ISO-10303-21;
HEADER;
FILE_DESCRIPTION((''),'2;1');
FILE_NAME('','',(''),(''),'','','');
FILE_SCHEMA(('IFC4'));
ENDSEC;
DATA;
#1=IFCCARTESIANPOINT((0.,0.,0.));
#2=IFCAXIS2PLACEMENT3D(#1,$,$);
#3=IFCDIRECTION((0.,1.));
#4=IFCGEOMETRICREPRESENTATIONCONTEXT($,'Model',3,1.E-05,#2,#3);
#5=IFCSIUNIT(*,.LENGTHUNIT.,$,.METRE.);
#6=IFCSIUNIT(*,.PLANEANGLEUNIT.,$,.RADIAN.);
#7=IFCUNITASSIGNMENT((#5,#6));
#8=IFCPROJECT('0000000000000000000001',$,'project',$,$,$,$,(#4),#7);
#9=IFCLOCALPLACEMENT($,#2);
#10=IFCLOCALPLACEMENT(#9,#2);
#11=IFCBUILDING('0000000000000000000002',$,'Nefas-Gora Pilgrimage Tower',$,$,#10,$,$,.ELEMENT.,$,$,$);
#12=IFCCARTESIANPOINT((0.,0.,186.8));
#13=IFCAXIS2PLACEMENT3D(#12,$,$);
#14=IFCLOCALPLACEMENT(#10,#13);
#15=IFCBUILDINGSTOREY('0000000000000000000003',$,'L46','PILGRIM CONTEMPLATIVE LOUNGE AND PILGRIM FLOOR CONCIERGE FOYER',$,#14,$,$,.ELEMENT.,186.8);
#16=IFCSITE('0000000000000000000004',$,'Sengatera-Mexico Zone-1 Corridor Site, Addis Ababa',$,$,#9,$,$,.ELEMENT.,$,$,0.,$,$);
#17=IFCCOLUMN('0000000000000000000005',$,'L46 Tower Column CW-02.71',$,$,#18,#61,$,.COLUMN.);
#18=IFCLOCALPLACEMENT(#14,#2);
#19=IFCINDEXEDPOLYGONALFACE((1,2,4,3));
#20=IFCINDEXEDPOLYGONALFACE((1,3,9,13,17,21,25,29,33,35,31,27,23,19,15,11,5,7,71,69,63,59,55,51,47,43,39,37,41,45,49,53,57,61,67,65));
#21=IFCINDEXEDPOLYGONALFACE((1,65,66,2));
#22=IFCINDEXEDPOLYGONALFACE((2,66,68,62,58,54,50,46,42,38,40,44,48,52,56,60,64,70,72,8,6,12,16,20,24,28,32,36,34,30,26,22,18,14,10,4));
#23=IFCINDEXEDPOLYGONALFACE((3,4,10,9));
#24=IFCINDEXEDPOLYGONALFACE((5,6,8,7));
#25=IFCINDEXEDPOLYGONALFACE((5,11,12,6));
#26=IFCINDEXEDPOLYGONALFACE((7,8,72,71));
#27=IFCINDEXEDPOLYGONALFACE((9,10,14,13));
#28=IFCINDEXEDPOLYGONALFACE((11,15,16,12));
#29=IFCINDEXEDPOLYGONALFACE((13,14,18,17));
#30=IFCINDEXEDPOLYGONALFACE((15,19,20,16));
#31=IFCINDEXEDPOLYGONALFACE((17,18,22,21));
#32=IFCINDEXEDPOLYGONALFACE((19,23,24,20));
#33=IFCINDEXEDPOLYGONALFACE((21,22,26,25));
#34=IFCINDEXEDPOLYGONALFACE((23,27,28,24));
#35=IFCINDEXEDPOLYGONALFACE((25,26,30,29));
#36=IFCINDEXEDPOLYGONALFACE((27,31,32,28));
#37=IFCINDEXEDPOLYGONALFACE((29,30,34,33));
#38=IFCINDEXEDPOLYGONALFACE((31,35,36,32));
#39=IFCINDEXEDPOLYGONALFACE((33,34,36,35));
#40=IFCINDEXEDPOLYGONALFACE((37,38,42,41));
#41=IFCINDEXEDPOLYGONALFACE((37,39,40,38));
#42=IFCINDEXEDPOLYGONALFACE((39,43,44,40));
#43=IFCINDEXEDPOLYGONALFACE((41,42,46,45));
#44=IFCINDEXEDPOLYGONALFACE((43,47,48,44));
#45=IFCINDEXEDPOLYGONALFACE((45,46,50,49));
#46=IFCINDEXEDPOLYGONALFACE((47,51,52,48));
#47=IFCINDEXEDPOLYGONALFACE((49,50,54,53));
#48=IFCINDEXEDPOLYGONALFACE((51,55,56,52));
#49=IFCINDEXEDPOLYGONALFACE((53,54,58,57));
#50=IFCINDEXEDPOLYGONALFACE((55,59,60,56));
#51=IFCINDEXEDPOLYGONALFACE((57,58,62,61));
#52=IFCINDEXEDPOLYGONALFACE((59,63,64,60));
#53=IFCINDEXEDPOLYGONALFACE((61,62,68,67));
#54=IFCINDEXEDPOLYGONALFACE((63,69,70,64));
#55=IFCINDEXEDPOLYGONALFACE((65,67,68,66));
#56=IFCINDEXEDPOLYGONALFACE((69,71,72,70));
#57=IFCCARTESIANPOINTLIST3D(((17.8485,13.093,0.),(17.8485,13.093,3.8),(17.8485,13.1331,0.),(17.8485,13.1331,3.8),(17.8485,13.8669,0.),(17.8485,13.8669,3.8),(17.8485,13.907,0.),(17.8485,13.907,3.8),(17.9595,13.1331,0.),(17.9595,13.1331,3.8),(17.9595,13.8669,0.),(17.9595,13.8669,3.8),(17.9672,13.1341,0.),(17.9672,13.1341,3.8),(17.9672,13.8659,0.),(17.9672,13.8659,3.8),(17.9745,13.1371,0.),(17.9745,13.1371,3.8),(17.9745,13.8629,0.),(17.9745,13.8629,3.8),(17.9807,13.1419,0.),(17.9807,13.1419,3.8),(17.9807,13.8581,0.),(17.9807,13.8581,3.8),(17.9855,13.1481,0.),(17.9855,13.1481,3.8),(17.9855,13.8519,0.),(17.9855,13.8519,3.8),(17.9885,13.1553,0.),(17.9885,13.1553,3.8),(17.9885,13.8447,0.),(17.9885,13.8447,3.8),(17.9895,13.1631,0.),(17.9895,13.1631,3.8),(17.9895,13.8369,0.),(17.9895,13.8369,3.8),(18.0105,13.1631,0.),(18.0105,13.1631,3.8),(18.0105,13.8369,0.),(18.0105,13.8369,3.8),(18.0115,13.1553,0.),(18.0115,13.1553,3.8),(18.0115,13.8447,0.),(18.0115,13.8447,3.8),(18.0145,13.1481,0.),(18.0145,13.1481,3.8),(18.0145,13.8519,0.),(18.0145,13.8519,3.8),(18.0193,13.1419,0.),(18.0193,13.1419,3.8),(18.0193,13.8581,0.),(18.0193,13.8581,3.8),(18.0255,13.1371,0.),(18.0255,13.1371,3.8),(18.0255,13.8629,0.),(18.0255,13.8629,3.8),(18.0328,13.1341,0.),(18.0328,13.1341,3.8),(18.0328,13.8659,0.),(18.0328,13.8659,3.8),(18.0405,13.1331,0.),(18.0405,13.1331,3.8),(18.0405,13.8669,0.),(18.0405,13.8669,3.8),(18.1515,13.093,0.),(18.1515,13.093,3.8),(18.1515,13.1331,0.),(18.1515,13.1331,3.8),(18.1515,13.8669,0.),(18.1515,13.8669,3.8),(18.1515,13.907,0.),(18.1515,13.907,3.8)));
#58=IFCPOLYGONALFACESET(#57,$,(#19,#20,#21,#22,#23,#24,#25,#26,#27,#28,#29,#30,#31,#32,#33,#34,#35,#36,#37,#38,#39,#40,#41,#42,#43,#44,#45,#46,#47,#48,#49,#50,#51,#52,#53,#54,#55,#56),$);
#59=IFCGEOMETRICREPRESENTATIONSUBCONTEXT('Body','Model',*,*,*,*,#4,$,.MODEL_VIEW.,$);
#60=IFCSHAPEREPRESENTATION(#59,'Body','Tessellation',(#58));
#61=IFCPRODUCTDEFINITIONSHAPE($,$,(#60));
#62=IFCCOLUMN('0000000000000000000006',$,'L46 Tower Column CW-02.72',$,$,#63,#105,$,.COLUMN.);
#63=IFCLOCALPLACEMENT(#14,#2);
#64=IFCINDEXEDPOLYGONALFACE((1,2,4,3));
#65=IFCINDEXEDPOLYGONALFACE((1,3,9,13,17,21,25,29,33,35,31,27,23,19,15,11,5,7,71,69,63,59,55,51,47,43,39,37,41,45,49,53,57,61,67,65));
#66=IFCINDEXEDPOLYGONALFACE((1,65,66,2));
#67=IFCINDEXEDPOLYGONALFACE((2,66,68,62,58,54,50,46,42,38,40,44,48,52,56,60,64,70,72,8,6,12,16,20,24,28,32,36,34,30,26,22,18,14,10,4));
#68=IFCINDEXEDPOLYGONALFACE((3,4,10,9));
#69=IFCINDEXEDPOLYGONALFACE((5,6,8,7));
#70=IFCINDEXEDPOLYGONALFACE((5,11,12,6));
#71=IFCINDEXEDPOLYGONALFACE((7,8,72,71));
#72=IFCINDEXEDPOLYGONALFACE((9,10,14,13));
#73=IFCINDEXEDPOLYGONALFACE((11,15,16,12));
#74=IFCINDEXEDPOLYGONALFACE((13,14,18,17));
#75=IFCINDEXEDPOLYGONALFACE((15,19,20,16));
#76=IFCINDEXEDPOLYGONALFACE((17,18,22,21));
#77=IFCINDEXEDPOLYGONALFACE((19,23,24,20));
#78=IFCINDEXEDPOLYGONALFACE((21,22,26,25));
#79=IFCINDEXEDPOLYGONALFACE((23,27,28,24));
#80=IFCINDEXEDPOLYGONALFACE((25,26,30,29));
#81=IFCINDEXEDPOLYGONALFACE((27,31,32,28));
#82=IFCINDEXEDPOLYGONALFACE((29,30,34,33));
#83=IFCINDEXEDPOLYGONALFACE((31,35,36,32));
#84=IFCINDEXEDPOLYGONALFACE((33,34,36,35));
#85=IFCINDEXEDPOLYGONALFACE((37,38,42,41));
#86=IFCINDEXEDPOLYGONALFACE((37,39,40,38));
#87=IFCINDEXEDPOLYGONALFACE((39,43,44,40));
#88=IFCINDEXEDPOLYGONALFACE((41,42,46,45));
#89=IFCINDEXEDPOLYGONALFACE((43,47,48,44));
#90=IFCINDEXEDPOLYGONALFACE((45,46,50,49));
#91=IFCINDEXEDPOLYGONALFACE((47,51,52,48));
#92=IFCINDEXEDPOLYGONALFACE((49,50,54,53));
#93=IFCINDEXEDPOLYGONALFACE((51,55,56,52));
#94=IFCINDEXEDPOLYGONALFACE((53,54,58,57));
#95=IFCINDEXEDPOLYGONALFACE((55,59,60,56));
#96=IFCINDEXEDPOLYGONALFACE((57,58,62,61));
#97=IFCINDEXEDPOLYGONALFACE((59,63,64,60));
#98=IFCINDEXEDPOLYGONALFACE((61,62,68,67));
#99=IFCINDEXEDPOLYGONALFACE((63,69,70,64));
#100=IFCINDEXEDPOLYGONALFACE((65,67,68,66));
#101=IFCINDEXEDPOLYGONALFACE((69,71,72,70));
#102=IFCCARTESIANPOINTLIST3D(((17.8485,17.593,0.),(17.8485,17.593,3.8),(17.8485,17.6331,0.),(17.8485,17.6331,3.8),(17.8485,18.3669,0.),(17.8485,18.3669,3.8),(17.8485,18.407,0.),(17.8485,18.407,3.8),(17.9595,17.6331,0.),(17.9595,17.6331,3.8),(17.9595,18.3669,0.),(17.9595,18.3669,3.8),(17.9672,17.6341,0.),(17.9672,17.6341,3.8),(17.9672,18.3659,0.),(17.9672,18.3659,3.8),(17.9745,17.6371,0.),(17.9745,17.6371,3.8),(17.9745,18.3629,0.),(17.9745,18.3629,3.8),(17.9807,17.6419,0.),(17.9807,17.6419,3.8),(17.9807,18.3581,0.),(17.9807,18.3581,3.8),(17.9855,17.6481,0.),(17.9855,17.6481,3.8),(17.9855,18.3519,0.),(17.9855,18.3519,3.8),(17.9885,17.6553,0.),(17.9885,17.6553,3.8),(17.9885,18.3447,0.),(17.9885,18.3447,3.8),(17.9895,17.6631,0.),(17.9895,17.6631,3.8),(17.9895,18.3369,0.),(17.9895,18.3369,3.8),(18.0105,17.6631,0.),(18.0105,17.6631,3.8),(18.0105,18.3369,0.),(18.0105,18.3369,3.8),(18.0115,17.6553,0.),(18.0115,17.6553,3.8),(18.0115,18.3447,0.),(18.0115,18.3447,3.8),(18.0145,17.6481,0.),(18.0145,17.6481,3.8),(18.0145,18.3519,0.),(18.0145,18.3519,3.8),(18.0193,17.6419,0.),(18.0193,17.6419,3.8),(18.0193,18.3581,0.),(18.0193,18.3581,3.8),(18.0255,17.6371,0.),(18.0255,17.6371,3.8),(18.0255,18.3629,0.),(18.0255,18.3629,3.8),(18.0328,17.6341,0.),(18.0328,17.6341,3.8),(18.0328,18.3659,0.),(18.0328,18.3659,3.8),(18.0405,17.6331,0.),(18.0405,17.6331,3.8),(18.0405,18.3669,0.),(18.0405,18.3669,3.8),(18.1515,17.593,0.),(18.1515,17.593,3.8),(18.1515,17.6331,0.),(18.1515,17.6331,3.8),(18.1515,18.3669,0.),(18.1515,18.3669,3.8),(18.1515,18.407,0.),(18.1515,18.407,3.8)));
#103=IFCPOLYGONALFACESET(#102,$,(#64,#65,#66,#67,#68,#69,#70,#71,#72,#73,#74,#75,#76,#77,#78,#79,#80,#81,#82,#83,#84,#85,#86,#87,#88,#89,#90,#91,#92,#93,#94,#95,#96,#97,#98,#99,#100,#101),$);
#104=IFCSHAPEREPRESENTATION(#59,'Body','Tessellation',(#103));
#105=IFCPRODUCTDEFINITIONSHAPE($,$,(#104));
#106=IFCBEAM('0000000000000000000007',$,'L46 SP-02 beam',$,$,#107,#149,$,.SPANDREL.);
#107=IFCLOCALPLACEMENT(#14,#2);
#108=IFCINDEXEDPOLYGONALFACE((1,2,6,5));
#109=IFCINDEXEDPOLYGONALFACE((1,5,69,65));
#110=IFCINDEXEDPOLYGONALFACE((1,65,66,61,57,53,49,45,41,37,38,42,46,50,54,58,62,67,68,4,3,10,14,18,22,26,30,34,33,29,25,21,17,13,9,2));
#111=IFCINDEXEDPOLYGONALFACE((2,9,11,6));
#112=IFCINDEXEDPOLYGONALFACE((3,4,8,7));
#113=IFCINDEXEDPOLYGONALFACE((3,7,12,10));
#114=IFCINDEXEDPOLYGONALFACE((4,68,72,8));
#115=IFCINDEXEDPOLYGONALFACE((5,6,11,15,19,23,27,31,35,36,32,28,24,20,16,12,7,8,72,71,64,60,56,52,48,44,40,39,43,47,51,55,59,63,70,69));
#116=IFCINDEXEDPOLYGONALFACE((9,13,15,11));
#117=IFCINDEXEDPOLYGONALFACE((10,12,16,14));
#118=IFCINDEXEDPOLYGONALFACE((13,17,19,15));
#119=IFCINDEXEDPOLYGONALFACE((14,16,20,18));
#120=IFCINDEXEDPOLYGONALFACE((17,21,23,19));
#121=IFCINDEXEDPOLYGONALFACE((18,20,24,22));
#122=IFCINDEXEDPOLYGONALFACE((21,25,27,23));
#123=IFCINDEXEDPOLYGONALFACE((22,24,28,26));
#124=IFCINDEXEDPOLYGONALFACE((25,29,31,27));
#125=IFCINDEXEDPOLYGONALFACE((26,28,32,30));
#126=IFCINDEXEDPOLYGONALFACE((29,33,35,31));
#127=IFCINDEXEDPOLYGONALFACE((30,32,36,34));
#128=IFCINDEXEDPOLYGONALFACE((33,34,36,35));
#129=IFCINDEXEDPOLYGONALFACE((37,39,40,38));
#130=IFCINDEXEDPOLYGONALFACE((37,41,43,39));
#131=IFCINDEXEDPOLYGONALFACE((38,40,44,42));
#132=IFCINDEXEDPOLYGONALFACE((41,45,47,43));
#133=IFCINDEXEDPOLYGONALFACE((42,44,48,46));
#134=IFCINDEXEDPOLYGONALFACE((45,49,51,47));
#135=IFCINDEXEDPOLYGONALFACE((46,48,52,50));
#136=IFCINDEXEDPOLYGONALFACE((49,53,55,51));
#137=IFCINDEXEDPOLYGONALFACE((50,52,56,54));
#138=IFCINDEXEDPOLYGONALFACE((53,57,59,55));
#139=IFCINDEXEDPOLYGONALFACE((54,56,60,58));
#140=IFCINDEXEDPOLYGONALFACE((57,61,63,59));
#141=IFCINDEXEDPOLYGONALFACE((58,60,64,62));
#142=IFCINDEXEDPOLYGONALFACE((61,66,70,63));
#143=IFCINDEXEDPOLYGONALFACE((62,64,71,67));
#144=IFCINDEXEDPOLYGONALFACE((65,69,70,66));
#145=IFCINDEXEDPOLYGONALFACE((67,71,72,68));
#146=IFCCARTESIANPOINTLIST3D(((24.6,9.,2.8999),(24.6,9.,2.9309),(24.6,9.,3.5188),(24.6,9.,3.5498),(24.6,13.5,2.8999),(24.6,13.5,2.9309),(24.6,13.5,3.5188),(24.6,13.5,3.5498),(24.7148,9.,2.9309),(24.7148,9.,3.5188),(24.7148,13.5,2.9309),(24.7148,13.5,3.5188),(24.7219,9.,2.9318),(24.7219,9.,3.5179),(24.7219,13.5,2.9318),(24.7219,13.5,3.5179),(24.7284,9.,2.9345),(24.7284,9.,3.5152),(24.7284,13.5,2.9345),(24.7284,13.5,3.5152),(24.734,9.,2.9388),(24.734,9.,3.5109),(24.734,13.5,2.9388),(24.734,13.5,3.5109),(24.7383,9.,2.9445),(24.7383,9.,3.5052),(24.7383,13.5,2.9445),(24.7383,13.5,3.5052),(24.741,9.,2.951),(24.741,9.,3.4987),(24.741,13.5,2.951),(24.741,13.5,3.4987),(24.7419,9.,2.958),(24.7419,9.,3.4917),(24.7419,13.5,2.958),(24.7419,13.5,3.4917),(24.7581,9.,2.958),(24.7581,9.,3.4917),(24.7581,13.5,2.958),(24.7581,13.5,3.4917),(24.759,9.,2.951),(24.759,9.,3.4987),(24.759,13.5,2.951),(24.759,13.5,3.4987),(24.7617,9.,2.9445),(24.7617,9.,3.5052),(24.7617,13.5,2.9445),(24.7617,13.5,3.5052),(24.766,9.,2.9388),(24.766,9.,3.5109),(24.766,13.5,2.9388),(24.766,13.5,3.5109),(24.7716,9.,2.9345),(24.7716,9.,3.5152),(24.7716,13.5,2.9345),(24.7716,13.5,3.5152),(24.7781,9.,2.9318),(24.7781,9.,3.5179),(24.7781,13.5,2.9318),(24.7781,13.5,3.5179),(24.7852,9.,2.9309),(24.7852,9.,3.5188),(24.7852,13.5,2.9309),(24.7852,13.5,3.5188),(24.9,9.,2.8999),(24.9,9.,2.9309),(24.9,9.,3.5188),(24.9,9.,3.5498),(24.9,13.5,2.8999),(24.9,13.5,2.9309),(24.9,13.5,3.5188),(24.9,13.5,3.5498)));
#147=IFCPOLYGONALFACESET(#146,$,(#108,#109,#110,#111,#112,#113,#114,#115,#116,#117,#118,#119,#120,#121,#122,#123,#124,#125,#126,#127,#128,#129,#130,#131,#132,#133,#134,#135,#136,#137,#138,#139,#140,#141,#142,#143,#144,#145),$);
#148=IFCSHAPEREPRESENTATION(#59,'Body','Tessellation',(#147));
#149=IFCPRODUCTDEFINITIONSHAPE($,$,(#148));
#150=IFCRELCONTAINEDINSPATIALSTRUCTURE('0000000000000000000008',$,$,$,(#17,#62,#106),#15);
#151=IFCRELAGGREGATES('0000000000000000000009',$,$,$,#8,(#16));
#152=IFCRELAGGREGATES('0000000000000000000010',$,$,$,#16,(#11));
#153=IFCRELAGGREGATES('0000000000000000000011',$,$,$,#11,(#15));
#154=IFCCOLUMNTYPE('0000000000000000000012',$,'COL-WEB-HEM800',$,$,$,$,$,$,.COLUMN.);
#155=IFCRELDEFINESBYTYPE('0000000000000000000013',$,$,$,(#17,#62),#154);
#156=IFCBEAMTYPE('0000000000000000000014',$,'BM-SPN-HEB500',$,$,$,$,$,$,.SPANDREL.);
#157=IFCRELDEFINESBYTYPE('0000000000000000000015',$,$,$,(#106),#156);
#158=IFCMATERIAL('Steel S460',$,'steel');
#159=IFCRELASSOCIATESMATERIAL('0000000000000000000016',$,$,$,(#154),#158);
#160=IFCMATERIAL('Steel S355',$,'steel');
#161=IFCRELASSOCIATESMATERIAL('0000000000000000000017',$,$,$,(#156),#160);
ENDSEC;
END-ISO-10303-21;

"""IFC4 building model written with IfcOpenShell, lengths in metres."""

from ifc_helpers import new_model, si_unit, direction, frame, origin, origin_2d, place, context, subcontext, project, spatial, i_section, extrude, source, transform, mapped, material, material_profile, profile_set, type_object, element, save


model = new_model("IFC4")

# Units and contexts
model_context = context("Model", 3, precision=1e-05, world=origin(), true_north=direction((0.0, 1.0)))
body_context = subcontext(model_context, "Body", "Model", "MODEL_VIEW")
ifc_project = project(units=[si_unit("LENGTHUNIT", "METRE"), si_unit("PLANEANGLEUNIT", "RADIAN")], contexts=[model_context])

# Site, building, storey
site_placement = place(None, origin())
site = spatial("IfcSite", under=ifc_project, at=site_placement, Name="Sengatera-Mexico Zone-1 Corridor Site, Addis Ababa", CompositionType="ELEMENT", RefElevation=0.0)
building_placement = place(site_placement, origin())
building = spatial("IfcBuilding", under=site, at=building_placement, Name="Nefas-Gora Pilgrimage Tower", CompositionType="ELEMENT")
storey_placement = place(building_placement, frame((0.0, 0.0, 186.8)))
storey = spatial("IfcBuildingStorey", under=building, at=storey_placement, Name="L46", Description="PILGRIM CONTEMPLATIVE LOUNGE AND PILGRIM FLOOR CONCIERGE FOYER", CompositionType="ELEMENT", Elevation=186.8)

# Columns
ifc_material_1 = material(Name="Steel S460", Category="steel")
ifc_material_profile_1 = material_profile(ifc_material_1, i_section(OverallWidth=0.303, OverallDepth=0.814, WebThickness=0.021, FlangeThickness=0.04, FilletRadius=0.03, at=origin_2d()), Name="HEM 800")
ifc_profile_set_1 = profile_set([ifc_material_profile_1], Name="Steel S460")
column_type_1 = type_object("IfcColumnType", Name="COL-WEB-HEM800", PredefinedType="COLUMN", material=ifc_profile_set_1)
shared_shape_1 = source(origin(), body_context, "Body", "SweptSolid", [
    extrude(i_section(OverallWidth=0.303, OverallDepth=0.814, WebThickness=0.021, FlangeThickness=0.04, FilletRadius=0.03, at=origin_2d()), origin(), (0.0, 0.0, 1.0), 3.8),
])
for number, where, z_axis, x_axis, name in (
    (1, (18.0, 13.5, 0.0), (0.0, 0.0, 1.0), (1.0, 0.0, 0.0), "L46 Tower Column CW-02.71"),
    (2, (18.0, 18.0, 0.0), (0.0, 0.0, 1.0), (1.0, 0.0, 0.0), "L46 Tower Column CW-02.72"),
):
    element("IfcColumn", number, at=place(storey_placement, frame(where, z_axis=z_axis, x_axis=x_axis)), inside=storey, type_object=column_type_1, Name=name, PredefinedType="COLUMN", context=body_context, shape_type="MappedRepresentation", body=[
        mapped(shared_shape_1, transform((0.0, 0.0, 0.0), x_axis=(1.0, 0.0, 0.0), y_axis=(0.0, 1.0, 0.0), z_axis=(0.0, 0.0, 1.0), scale=1.0)),
    ])

# Beam
ifc_material_2 = material(Name="Steel S355", Category="steel")
ifc_material_profile_2 = material_profile(ifc_material_2, i_section(OverallWidth=0.3, OverallDepth=0.6499, WebThickness=0.0161, FlangeThickness=0.031, FilletRadius=0.0271, at=origin_2d()), Name="HEB 650")
ifc_profile_set_2 = profile_set([ifc_material_profile_2], Name="Steel S355")
beam_type_1 = type_object("IfcBeamType", Name="BM-SPN-HEB500", PredefinedType="SPANDREL", material=ifc_profile_set_2)
shared_shape_2 = source(origin(), body_context, "Body", "SweptSolid", [
    extrude(i_section(OverallWidth=0.3, OverallDepth=0.6499, WebThickness=0.0161, FlangeThickness=0.031, FilletRadius=0.0271, at=origin_2d()), origin(), (0.0, 0.0, 1.0), 4.5),
])
beam_1_placement = place(storey_placement, frame((24.75, 9.0, 3.2249), z_axis=(0.0, 1.0, 0.0), x_axis=(-1.0, 0.0, 0.0)))
element("IfcBeam", 3, at=beam_1_placement, inside=storey, type_object=beam_type_1, Name="L46 SP-02 beam", PredefinedType="SPANDREL", context=body_context, shape_type="MappedRepresentation", body=[
    mapped(shared_shape_2, transform((0.0, 0.0, 0.0), x_axis=(1.0, 0.0, 0.0), y_axis=(0.0, 1.0, 0.0), z_axis=(0.0, 0.0, 1.0), scale=1.0)),
])

save(model, "model.ifc")
